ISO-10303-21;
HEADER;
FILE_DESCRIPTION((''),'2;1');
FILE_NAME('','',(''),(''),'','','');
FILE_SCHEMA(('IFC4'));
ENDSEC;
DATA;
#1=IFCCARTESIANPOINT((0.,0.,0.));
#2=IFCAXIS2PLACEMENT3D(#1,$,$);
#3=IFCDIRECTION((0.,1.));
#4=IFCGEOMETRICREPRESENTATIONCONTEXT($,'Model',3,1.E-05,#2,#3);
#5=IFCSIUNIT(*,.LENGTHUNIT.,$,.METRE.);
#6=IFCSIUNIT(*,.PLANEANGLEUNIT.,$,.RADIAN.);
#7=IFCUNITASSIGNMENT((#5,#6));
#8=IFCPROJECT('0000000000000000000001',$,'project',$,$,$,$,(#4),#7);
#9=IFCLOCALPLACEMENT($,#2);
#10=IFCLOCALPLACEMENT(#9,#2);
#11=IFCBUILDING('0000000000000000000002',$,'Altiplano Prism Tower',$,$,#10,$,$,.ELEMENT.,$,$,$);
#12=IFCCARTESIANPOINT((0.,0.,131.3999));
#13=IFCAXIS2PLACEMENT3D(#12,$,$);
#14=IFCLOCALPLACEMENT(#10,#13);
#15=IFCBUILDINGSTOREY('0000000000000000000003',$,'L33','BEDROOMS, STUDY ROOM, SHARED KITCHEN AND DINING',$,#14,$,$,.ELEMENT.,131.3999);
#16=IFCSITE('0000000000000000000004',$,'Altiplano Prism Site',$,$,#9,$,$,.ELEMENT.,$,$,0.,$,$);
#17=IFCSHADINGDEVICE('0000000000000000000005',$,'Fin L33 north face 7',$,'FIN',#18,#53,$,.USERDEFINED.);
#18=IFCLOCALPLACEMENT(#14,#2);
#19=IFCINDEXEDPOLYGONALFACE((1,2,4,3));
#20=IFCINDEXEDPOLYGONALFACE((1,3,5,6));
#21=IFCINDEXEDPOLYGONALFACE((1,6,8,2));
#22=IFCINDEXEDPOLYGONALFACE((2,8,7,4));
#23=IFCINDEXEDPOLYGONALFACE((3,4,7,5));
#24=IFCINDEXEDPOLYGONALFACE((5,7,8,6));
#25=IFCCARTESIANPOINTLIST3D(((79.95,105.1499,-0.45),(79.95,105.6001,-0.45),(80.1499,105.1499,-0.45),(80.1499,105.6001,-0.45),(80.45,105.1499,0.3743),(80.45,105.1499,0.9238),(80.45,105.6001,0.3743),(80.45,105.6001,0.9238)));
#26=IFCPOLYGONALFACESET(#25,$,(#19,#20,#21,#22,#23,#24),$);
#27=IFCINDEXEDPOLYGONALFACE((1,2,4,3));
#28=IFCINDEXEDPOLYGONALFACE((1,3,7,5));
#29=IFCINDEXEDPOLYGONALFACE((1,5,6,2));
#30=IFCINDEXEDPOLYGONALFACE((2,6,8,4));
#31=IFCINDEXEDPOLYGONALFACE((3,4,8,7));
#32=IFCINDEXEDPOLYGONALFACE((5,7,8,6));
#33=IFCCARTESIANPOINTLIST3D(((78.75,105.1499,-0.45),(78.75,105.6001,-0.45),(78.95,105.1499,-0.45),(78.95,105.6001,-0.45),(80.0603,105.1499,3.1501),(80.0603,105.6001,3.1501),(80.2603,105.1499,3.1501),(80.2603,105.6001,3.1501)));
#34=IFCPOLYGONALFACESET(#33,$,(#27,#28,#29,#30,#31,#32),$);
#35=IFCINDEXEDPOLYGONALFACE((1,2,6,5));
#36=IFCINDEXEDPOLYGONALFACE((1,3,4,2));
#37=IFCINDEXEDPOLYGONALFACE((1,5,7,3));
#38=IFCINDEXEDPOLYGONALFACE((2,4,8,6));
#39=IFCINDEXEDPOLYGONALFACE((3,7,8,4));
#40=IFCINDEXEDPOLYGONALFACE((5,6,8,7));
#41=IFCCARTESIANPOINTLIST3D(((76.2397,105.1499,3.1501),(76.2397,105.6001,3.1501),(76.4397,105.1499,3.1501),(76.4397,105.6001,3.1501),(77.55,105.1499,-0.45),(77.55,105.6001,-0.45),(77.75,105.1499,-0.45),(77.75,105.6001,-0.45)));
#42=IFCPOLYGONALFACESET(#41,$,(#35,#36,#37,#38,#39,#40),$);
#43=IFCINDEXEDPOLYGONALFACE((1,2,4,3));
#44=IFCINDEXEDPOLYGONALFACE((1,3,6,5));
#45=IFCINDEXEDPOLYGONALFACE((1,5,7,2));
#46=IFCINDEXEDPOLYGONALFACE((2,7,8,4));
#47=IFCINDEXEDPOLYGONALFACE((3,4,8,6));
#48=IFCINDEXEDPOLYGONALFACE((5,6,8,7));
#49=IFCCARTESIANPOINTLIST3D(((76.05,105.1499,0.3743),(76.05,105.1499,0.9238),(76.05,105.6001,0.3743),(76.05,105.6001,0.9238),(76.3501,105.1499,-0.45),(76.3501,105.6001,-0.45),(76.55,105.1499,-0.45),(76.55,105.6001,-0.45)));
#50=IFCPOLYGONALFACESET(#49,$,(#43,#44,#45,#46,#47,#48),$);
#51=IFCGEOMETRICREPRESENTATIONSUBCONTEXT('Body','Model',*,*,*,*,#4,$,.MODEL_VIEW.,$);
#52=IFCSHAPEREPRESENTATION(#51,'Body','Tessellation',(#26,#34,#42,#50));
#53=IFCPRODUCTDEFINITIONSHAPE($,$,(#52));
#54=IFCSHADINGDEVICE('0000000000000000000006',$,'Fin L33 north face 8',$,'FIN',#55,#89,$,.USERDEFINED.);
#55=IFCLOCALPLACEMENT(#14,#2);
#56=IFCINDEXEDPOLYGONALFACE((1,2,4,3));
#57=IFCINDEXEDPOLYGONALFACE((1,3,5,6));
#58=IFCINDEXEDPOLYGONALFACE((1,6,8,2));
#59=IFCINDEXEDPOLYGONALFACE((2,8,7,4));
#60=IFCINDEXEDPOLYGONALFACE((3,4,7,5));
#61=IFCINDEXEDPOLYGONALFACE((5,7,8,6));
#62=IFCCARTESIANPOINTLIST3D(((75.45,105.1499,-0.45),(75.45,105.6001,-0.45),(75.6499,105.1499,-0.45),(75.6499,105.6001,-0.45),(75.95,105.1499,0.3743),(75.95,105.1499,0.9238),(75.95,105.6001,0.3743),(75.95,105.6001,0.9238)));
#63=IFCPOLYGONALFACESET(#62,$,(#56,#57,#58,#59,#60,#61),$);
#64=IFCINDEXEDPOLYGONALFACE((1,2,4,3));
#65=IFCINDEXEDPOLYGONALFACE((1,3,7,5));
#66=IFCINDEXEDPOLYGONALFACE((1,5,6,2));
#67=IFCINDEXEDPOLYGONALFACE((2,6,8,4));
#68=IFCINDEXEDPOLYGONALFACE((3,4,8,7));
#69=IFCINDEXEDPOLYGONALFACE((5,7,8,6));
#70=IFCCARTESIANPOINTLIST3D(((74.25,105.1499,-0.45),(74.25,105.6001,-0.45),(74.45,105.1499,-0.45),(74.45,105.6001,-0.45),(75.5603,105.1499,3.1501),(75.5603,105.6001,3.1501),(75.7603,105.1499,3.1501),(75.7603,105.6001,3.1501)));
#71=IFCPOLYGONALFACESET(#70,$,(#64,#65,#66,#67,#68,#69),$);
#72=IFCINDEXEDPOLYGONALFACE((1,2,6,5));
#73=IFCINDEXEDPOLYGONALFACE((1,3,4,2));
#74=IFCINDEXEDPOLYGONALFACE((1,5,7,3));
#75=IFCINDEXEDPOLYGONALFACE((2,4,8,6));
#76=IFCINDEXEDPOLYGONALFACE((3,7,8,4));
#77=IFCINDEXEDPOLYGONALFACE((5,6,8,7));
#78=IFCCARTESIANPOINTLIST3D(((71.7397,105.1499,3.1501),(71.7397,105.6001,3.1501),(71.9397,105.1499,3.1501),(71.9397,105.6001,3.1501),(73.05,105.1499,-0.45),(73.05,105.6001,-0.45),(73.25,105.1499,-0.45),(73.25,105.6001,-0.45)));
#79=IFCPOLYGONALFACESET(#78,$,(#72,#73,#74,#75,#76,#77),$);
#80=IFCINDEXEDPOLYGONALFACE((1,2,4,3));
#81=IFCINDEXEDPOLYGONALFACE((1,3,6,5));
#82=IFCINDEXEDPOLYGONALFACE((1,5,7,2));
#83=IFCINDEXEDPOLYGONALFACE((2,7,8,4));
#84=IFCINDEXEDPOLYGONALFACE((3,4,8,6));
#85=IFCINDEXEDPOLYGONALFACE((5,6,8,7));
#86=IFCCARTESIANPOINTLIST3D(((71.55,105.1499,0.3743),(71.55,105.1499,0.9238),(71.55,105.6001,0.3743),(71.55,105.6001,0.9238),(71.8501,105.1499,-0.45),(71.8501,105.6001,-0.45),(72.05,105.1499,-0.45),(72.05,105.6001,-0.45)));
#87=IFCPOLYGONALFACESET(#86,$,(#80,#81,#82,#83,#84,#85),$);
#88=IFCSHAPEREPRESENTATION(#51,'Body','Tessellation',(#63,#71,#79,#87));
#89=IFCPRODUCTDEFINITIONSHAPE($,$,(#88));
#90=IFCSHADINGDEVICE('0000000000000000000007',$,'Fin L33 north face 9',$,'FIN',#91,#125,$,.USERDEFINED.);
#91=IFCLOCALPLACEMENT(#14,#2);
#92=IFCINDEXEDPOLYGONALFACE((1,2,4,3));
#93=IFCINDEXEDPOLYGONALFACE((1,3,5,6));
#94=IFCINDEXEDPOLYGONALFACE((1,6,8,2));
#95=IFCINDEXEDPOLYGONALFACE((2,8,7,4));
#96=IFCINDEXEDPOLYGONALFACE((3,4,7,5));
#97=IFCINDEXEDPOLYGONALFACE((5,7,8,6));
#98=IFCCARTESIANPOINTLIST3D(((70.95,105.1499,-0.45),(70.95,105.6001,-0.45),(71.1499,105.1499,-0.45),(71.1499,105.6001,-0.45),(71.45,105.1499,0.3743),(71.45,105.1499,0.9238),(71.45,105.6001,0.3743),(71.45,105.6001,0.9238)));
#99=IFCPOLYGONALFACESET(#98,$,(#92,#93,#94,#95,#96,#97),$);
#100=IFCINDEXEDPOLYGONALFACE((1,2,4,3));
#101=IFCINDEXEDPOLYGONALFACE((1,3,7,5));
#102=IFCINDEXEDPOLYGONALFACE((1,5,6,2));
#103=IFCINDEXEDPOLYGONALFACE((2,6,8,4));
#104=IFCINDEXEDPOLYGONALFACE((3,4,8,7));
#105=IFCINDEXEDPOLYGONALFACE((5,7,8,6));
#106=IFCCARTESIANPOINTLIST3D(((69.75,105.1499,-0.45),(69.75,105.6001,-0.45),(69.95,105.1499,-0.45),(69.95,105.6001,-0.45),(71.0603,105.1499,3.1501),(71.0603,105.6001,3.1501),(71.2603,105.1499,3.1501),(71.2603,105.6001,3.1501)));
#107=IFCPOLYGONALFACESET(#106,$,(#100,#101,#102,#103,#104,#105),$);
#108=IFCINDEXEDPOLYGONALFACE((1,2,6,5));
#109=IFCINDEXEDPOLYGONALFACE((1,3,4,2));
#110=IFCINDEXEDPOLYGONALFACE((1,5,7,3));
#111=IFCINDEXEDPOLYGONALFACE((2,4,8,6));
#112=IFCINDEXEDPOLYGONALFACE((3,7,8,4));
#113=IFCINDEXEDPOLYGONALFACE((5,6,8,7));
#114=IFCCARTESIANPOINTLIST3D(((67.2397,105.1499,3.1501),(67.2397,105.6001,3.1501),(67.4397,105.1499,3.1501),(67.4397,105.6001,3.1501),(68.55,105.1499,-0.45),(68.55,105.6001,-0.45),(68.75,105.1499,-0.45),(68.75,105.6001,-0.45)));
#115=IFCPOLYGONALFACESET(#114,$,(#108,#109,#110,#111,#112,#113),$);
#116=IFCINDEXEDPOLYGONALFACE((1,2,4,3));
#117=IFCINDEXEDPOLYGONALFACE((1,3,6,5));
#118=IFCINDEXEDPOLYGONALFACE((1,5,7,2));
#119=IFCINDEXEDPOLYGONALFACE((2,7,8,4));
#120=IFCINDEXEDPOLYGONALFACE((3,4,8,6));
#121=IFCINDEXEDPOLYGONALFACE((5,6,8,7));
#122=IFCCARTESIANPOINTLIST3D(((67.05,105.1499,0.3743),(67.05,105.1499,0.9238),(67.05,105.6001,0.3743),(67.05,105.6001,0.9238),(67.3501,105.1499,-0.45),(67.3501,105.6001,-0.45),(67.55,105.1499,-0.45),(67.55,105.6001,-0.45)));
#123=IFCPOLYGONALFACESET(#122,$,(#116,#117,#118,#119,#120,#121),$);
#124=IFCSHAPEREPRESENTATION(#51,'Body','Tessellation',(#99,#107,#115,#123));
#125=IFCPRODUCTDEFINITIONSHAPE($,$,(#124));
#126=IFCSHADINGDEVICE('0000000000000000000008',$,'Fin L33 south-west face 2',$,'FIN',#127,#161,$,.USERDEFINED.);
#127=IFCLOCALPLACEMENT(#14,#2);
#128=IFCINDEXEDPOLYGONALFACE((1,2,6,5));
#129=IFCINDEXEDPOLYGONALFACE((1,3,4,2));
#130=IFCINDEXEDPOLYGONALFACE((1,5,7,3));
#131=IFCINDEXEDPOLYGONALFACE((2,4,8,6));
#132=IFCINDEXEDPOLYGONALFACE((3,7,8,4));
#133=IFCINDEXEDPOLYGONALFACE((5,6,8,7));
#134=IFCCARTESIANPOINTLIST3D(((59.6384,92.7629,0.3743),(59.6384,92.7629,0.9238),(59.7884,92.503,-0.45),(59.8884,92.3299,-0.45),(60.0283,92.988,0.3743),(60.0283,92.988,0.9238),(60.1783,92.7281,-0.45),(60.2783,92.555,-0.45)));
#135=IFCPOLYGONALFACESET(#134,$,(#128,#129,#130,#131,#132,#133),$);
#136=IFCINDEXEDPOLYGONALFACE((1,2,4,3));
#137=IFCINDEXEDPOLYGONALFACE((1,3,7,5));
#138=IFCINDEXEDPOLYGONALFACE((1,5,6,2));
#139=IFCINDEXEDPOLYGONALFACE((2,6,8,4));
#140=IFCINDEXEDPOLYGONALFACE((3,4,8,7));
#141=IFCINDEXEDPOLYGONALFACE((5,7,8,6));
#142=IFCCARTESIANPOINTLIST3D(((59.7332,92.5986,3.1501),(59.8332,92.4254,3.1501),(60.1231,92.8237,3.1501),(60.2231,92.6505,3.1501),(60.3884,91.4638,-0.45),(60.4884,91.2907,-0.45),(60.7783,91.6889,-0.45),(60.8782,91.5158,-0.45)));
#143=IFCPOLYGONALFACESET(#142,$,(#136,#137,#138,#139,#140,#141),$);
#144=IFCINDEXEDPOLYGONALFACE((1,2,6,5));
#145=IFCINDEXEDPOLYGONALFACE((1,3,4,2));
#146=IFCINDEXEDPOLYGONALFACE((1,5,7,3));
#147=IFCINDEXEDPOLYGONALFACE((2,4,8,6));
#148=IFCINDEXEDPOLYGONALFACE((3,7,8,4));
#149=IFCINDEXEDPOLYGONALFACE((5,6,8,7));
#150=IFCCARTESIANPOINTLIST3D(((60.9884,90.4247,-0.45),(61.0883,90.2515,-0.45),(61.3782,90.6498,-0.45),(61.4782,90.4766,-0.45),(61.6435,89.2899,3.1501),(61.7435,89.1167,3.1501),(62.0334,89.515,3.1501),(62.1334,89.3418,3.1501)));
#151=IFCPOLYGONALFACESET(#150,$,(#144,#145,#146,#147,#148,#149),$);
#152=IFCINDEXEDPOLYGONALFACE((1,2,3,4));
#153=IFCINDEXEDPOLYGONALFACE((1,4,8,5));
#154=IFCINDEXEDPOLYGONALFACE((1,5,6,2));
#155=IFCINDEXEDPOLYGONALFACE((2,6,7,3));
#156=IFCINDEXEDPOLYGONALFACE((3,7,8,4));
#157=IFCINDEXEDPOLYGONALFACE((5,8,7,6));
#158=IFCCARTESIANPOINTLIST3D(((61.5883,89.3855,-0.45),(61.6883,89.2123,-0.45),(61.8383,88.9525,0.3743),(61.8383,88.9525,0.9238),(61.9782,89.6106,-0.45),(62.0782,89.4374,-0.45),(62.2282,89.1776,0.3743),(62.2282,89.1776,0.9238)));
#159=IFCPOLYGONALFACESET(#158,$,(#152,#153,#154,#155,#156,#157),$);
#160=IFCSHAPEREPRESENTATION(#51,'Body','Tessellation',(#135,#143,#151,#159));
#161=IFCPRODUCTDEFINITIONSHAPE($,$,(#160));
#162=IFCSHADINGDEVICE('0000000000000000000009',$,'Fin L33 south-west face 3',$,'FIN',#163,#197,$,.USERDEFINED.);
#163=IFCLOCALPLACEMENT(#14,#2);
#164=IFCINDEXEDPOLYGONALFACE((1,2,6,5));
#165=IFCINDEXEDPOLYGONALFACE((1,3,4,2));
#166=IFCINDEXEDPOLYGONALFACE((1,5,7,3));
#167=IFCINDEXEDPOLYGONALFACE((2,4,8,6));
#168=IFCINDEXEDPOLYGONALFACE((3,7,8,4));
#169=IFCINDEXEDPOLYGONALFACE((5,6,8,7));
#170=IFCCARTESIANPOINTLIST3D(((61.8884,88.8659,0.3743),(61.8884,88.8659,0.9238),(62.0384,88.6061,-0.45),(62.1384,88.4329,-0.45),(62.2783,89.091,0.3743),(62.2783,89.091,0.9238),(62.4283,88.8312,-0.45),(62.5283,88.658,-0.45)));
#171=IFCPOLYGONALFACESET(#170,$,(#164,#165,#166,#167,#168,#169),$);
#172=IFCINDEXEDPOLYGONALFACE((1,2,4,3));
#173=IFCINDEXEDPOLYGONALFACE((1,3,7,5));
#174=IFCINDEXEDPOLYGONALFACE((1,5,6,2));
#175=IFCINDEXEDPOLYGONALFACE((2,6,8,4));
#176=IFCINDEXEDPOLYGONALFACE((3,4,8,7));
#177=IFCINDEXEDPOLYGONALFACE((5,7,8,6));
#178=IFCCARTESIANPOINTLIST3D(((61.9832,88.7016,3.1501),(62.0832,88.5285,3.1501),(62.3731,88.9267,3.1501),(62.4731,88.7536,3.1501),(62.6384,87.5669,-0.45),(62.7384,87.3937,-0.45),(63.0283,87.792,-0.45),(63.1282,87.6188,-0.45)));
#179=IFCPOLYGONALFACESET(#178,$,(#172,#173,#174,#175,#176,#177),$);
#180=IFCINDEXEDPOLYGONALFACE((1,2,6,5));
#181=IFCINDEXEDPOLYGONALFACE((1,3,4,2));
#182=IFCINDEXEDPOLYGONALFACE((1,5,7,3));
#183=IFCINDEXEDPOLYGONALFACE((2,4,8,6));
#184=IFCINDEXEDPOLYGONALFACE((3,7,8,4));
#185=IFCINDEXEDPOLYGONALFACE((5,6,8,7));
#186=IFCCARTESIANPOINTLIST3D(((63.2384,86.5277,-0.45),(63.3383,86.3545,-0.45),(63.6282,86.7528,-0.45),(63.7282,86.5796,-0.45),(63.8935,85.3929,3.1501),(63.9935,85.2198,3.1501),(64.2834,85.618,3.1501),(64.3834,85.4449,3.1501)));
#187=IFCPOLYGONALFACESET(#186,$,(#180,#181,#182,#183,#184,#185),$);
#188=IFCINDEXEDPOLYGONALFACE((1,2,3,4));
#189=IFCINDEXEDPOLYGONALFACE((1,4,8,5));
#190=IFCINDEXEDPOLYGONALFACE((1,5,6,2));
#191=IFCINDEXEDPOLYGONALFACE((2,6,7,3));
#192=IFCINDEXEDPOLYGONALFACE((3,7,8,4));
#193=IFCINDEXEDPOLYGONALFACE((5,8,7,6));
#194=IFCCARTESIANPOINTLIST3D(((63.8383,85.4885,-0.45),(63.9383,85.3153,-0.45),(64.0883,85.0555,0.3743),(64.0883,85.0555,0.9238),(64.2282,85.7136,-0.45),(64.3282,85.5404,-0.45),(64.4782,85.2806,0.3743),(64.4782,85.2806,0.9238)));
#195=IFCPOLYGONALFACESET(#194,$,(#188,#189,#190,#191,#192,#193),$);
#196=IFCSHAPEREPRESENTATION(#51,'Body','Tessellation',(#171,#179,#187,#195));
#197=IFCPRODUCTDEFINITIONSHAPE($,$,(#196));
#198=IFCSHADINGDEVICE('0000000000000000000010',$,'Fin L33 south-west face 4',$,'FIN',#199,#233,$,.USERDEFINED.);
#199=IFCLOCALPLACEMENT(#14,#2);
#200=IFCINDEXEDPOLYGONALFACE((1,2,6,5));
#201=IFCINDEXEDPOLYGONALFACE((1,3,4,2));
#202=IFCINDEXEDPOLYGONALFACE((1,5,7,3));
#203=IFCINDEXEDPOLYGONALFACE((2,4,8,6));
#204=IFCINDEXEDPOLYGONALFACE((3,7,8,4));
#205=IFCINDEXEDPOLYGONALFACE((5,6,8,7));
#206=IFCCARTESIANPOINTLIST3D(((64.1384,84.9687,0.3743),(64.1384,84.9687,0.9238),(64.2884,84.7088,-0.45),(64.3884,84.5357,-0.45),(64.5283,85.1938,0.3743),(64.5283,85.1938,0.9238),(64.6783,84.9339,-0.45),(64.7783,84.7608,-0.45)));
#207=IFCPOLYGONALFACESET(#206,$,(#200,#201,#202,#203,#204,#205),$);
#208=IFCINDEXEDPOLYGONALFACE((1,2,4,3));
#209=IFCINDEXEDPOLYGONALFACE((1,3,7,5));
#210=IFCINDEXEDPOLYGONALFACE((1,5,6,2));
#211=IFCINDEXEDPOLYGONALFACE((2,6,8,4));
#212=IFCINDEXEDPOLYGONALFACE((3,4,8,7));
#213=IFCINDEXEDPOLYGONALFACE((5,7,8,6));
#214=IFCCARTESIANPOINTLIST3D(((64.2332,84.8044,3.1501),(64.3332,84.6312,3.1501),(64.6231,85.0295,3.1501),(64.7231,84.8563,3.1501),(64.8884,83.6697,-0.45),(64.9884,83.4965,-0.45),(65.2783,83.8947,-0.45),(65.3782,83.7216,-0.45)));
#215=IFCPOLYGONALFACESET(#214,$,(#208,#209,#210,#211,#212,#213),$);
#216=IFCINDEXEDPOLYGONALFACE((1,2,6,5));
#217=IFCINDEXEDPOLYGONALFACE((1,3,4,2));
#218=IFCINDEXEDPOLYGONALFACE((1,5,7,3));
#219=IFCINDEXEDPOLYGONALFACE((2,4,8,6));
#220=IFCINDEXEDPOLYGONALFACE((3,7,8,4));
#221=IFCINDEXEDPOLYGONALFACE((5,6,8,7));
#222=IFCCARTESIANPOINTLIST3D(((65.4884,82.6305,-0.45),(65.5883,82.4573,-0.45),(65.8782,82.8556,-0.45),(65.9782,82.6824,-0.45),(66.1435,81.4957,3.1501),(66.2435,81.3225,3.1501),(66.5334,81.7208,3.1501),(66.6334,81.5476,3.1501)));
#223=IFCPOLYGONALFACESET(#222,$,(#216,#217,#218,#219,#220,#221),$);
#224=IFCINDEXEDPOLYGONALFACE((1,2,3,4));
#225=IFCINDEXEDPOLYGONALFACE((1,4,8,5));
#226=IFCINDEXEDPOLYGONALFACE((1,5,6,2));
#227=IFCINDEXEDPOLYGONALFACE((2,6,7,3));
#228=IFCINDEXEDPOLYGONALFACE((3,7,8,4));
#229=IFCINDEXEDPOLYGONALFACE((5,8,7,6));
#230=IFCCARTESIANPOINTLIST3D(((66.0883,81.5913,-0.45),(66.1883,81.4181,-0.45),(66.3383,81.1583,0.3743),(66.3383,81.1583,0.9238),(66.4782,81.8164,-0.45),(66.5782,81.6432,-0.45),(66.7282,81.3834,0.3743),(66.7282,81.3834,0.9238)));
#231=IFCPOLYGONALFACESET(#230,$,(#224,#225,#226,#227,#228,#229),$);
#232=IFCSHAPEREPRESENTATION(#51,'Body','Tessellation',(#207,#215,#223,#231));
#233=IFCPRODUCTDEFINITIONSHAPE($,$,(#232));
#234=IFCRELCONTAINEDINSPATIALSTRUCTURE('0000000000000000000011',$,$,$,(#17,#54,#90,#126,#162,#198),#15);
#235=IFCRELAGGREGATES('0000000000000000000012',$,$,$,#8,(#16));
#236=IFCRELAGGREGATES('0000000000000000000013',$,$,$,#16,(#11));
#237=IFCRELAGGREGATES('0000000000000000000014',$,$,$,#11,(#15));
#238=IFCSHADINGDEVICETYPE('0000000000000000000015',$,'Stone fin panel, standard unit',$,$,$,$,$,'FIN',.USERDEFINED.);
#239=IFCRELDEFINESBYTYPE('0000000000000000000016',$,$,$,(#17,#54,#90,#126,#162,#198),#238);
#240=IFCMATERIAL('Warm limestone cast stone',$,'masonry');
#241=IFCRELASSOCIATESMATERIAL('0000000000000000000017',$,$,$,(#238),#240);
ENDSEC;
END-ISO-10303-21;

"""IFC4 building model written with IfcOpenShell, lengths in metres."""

from ifc_helpers import new_model, si_unit, direction, frame, origin, place, context, subcontext, project, spatial, polyline, outline, extrude, source, transform, mapped, material, type_object, element, save


model = new_model("IFC4")

# Units and contexts
model_context = context("Model", 3, precision=1e-05, world=origin(), true_north=direction((0.0, 1.0)))
body_context = subcontext(model_context, "Body", "Model", "MODEL_VIEW")
ifc_project = project(units=[si_unit("LENGTHUNIT", "METRE"), si_unit("PLANEANGLEUNIT", "RADIAN")], contexts=[model_context])

# Site, building, storey
site_placement = place(None, origin())
site = spatial("IfcSite", under=ifc_project, at=site_placement, Name="Altiplano Prism Site", CompositionType="ELEMENT", RefElevation=0.0)
building_placement = place(site_placement, origin())
building = spatial("IfcBuilding", under=site, at=building_placement, Name="Altiplano Prism Tower", CompositionType="ELEMENT")
storey_placement = place(building_placement, frame((0.0, 0.0, 131.3999)))
storey = spatial("IfcBuildingStorey", under=building, at=storey_placement, Name="L33", Description="BEDROOMS, STUDY ROOM, SHARED KITCHEN AND DINING", CompositionType="ELEMENT", Elevation=131.3999)

# Shading devices
ifc_material_1 = material(Name="Warm limestone cast stone", Category="masonry")
shading_device_type_1 = type_object("IfcShadingDeviceType", Name="Stone fin panel, standard unit", ElementType="FIN", PredefinedType="USERDEFINED", material=ifc_material_1)
shared_shape_1 = source(origin(), body_context, "Body", "SweptSolid", [
    extrude(outline(polyline([(-2.2, 1.3738), (-2.2, 0.8242), (-1.8999, 0.0), (-1.7, 0.0), (-2.2, 1.3738)])), frame((0.0, -0.1499, 0.0), z_axis=(0.0, -1.0, 0.0), x_axis=(1.0, 0.0, 0.0)), (0.0, 0.0, 1.0), 0.4502),
    extrude(outline(polyline([(-2.0103, 3.6001), (-0.7, 0.0), (-0.5, 0.0), (-1.8103, 3.6001), (-2.0103, 3.6001)])), frame((0.0, -0.1499, 0.0), z_axis=(0.0, -1.0, 0.0), x_axis=(1.0, 0.0, 0.0)), (0.0, 0.0, 1.0), 0.4502),
    extrude(outline(polyline([(1.8103, 3.6001), (0.5, 0.0), (0.7, 0.0), (2.0103, 3.6001), (1.8103, 3.6001)])), frame((0.0, -0.1499, 0.0), z_axis=(0.0, -1.0, 0.0), x_axis=(1.0, 0.0, 0.0)), (0.0, 0.0, 1.0), 0.4502),
    extrude(outline(polyline([(2.2, 0.8242), (2.2, 1.3738), (1.7, 0.0), (1.8999, 0.0), (2.2, 0.8242)])), frame((0.0, -0.1499, 0.0), z_axis=(0.0, -1.0, 0.0), x_axis=(1.0, 0.0, 0.0)), (0.0, 0.0, 1.0), 0.4502),
])
shading_device_1_placement = place(storey_placement, origin())
element("IfcShadingDevice", 1, at=shading_device_1_placement, inside=storey, type_object=shading_device_type_1, Name="Fin L33 north face 7", ObjectType="FIN", PredefinedType="USERDEFINED", context=body_context, shape_type="MappedRepresentation", body=[
    mapped(shared_shape_1, transform((78.25, 105.0, -0.45), x_axis=(-1.0, 0.0, 0.0), y_axis=(0.0, -1.0, 0.0), z_axis=(0.0, 0.0, 1.0))),
])
shading_device_2_placement = place(storey_placement, origin())
element("IfcShadingDevice", 2, at=shading_device_2_placement, inside=storey, type_object=shading_device_type_1, Name="Fin L33 north face 8", ObjectType="FIN", PredefinedType="USERDEFINED", context=body_context, shape_type="MappedRepresentation", body=[
    mapped(shared_shape_1, transform((73.75, 105.0, -0.45), x_axis=(-1.0, 0.0, 0.0), y_axis=(0.0, -1.0, 0.0), z_axis=(0.0, 0.0, 1.0))),
])
shading_device_3_placement = place(storey_placement, origin())
element("IfcShadingDevice", 3, at=shading_device_3_placement, inside=storey, type_object=shading_device_type_1, Name="Fin L33 north face 9", ObjectType="FIN", PredefinedType="USERDEFINED", context=body_context, shape_type="MappedRepresentation", body=[
    mapped(shared_shape_1, transform((69.25, 105.0, -0.45), x_axis=(-1.0, 0.0, 0.0), y_axis=(0.0, -1.0, 0.0), z_axis=(0.0, 0.0, 1.0))),
])
shading_device_4_placement = place(storey_placement, origin())
element("IfcShadingDevice", 4, at=shading_device_4_placement, inside=storey, type_object=shading_device_type_1, Name="Fin L33 south-west face 2", ObjectType="FIN", PredefinedType="USERDEFINED", context=body_context, shape_type="MappedRepresentation", body=[
    mapped(shared_shape_1, transform((61.2581, 91.1577, -0.45), x_axis=(0.5, -0.866025, 0.0), y_axis=(0.866025, 0.5, 0.0), z_axis=(0.0, 0.0, 1.0))),
])
shading_device_5_placement = place(storey_placement, origin())
element("IfcShadingDevice", 5, at=shading_device_5_placement, inside=storey, type_object=shading_device_type_1, Name="Fin L33 south-west face 3", ObjectType="FIN", PredefinedType="USERDEFINED", context=body_context, shape_type="MappedRepresentation", body=[
    mapped(shared_shape_1, transform((63.5081, 87.2607, -0.45), x_axis=(0.5, -0.866025, 0.0), y_axis=(0.866025, 0.5, 0.0), z_axis=(0.0, 0.0, 1.0))),
])
shading_device_6_placement = place(storey_placement, origin())
element("IfcShadingDevice", 6, at=shading_device_6_placement, inside=storey, type_object=shading_device_type_1, Name="Fin L33 south-west face 4", ObjectType="FIN", PredefinedType="USERDEFINED", context=body_context, shape_type="MappedRepresentation", body=[
    mapped(shared_shape_1, transform((65.7581, 83.3635, -0.45), x_axis=(0.5, -0.866025, 0.0), y_axis=(0.866025, 0.5, 0.0), z_axis=(0.0, 0.0, 1.0))),
])

save(model, "model.ifc")
